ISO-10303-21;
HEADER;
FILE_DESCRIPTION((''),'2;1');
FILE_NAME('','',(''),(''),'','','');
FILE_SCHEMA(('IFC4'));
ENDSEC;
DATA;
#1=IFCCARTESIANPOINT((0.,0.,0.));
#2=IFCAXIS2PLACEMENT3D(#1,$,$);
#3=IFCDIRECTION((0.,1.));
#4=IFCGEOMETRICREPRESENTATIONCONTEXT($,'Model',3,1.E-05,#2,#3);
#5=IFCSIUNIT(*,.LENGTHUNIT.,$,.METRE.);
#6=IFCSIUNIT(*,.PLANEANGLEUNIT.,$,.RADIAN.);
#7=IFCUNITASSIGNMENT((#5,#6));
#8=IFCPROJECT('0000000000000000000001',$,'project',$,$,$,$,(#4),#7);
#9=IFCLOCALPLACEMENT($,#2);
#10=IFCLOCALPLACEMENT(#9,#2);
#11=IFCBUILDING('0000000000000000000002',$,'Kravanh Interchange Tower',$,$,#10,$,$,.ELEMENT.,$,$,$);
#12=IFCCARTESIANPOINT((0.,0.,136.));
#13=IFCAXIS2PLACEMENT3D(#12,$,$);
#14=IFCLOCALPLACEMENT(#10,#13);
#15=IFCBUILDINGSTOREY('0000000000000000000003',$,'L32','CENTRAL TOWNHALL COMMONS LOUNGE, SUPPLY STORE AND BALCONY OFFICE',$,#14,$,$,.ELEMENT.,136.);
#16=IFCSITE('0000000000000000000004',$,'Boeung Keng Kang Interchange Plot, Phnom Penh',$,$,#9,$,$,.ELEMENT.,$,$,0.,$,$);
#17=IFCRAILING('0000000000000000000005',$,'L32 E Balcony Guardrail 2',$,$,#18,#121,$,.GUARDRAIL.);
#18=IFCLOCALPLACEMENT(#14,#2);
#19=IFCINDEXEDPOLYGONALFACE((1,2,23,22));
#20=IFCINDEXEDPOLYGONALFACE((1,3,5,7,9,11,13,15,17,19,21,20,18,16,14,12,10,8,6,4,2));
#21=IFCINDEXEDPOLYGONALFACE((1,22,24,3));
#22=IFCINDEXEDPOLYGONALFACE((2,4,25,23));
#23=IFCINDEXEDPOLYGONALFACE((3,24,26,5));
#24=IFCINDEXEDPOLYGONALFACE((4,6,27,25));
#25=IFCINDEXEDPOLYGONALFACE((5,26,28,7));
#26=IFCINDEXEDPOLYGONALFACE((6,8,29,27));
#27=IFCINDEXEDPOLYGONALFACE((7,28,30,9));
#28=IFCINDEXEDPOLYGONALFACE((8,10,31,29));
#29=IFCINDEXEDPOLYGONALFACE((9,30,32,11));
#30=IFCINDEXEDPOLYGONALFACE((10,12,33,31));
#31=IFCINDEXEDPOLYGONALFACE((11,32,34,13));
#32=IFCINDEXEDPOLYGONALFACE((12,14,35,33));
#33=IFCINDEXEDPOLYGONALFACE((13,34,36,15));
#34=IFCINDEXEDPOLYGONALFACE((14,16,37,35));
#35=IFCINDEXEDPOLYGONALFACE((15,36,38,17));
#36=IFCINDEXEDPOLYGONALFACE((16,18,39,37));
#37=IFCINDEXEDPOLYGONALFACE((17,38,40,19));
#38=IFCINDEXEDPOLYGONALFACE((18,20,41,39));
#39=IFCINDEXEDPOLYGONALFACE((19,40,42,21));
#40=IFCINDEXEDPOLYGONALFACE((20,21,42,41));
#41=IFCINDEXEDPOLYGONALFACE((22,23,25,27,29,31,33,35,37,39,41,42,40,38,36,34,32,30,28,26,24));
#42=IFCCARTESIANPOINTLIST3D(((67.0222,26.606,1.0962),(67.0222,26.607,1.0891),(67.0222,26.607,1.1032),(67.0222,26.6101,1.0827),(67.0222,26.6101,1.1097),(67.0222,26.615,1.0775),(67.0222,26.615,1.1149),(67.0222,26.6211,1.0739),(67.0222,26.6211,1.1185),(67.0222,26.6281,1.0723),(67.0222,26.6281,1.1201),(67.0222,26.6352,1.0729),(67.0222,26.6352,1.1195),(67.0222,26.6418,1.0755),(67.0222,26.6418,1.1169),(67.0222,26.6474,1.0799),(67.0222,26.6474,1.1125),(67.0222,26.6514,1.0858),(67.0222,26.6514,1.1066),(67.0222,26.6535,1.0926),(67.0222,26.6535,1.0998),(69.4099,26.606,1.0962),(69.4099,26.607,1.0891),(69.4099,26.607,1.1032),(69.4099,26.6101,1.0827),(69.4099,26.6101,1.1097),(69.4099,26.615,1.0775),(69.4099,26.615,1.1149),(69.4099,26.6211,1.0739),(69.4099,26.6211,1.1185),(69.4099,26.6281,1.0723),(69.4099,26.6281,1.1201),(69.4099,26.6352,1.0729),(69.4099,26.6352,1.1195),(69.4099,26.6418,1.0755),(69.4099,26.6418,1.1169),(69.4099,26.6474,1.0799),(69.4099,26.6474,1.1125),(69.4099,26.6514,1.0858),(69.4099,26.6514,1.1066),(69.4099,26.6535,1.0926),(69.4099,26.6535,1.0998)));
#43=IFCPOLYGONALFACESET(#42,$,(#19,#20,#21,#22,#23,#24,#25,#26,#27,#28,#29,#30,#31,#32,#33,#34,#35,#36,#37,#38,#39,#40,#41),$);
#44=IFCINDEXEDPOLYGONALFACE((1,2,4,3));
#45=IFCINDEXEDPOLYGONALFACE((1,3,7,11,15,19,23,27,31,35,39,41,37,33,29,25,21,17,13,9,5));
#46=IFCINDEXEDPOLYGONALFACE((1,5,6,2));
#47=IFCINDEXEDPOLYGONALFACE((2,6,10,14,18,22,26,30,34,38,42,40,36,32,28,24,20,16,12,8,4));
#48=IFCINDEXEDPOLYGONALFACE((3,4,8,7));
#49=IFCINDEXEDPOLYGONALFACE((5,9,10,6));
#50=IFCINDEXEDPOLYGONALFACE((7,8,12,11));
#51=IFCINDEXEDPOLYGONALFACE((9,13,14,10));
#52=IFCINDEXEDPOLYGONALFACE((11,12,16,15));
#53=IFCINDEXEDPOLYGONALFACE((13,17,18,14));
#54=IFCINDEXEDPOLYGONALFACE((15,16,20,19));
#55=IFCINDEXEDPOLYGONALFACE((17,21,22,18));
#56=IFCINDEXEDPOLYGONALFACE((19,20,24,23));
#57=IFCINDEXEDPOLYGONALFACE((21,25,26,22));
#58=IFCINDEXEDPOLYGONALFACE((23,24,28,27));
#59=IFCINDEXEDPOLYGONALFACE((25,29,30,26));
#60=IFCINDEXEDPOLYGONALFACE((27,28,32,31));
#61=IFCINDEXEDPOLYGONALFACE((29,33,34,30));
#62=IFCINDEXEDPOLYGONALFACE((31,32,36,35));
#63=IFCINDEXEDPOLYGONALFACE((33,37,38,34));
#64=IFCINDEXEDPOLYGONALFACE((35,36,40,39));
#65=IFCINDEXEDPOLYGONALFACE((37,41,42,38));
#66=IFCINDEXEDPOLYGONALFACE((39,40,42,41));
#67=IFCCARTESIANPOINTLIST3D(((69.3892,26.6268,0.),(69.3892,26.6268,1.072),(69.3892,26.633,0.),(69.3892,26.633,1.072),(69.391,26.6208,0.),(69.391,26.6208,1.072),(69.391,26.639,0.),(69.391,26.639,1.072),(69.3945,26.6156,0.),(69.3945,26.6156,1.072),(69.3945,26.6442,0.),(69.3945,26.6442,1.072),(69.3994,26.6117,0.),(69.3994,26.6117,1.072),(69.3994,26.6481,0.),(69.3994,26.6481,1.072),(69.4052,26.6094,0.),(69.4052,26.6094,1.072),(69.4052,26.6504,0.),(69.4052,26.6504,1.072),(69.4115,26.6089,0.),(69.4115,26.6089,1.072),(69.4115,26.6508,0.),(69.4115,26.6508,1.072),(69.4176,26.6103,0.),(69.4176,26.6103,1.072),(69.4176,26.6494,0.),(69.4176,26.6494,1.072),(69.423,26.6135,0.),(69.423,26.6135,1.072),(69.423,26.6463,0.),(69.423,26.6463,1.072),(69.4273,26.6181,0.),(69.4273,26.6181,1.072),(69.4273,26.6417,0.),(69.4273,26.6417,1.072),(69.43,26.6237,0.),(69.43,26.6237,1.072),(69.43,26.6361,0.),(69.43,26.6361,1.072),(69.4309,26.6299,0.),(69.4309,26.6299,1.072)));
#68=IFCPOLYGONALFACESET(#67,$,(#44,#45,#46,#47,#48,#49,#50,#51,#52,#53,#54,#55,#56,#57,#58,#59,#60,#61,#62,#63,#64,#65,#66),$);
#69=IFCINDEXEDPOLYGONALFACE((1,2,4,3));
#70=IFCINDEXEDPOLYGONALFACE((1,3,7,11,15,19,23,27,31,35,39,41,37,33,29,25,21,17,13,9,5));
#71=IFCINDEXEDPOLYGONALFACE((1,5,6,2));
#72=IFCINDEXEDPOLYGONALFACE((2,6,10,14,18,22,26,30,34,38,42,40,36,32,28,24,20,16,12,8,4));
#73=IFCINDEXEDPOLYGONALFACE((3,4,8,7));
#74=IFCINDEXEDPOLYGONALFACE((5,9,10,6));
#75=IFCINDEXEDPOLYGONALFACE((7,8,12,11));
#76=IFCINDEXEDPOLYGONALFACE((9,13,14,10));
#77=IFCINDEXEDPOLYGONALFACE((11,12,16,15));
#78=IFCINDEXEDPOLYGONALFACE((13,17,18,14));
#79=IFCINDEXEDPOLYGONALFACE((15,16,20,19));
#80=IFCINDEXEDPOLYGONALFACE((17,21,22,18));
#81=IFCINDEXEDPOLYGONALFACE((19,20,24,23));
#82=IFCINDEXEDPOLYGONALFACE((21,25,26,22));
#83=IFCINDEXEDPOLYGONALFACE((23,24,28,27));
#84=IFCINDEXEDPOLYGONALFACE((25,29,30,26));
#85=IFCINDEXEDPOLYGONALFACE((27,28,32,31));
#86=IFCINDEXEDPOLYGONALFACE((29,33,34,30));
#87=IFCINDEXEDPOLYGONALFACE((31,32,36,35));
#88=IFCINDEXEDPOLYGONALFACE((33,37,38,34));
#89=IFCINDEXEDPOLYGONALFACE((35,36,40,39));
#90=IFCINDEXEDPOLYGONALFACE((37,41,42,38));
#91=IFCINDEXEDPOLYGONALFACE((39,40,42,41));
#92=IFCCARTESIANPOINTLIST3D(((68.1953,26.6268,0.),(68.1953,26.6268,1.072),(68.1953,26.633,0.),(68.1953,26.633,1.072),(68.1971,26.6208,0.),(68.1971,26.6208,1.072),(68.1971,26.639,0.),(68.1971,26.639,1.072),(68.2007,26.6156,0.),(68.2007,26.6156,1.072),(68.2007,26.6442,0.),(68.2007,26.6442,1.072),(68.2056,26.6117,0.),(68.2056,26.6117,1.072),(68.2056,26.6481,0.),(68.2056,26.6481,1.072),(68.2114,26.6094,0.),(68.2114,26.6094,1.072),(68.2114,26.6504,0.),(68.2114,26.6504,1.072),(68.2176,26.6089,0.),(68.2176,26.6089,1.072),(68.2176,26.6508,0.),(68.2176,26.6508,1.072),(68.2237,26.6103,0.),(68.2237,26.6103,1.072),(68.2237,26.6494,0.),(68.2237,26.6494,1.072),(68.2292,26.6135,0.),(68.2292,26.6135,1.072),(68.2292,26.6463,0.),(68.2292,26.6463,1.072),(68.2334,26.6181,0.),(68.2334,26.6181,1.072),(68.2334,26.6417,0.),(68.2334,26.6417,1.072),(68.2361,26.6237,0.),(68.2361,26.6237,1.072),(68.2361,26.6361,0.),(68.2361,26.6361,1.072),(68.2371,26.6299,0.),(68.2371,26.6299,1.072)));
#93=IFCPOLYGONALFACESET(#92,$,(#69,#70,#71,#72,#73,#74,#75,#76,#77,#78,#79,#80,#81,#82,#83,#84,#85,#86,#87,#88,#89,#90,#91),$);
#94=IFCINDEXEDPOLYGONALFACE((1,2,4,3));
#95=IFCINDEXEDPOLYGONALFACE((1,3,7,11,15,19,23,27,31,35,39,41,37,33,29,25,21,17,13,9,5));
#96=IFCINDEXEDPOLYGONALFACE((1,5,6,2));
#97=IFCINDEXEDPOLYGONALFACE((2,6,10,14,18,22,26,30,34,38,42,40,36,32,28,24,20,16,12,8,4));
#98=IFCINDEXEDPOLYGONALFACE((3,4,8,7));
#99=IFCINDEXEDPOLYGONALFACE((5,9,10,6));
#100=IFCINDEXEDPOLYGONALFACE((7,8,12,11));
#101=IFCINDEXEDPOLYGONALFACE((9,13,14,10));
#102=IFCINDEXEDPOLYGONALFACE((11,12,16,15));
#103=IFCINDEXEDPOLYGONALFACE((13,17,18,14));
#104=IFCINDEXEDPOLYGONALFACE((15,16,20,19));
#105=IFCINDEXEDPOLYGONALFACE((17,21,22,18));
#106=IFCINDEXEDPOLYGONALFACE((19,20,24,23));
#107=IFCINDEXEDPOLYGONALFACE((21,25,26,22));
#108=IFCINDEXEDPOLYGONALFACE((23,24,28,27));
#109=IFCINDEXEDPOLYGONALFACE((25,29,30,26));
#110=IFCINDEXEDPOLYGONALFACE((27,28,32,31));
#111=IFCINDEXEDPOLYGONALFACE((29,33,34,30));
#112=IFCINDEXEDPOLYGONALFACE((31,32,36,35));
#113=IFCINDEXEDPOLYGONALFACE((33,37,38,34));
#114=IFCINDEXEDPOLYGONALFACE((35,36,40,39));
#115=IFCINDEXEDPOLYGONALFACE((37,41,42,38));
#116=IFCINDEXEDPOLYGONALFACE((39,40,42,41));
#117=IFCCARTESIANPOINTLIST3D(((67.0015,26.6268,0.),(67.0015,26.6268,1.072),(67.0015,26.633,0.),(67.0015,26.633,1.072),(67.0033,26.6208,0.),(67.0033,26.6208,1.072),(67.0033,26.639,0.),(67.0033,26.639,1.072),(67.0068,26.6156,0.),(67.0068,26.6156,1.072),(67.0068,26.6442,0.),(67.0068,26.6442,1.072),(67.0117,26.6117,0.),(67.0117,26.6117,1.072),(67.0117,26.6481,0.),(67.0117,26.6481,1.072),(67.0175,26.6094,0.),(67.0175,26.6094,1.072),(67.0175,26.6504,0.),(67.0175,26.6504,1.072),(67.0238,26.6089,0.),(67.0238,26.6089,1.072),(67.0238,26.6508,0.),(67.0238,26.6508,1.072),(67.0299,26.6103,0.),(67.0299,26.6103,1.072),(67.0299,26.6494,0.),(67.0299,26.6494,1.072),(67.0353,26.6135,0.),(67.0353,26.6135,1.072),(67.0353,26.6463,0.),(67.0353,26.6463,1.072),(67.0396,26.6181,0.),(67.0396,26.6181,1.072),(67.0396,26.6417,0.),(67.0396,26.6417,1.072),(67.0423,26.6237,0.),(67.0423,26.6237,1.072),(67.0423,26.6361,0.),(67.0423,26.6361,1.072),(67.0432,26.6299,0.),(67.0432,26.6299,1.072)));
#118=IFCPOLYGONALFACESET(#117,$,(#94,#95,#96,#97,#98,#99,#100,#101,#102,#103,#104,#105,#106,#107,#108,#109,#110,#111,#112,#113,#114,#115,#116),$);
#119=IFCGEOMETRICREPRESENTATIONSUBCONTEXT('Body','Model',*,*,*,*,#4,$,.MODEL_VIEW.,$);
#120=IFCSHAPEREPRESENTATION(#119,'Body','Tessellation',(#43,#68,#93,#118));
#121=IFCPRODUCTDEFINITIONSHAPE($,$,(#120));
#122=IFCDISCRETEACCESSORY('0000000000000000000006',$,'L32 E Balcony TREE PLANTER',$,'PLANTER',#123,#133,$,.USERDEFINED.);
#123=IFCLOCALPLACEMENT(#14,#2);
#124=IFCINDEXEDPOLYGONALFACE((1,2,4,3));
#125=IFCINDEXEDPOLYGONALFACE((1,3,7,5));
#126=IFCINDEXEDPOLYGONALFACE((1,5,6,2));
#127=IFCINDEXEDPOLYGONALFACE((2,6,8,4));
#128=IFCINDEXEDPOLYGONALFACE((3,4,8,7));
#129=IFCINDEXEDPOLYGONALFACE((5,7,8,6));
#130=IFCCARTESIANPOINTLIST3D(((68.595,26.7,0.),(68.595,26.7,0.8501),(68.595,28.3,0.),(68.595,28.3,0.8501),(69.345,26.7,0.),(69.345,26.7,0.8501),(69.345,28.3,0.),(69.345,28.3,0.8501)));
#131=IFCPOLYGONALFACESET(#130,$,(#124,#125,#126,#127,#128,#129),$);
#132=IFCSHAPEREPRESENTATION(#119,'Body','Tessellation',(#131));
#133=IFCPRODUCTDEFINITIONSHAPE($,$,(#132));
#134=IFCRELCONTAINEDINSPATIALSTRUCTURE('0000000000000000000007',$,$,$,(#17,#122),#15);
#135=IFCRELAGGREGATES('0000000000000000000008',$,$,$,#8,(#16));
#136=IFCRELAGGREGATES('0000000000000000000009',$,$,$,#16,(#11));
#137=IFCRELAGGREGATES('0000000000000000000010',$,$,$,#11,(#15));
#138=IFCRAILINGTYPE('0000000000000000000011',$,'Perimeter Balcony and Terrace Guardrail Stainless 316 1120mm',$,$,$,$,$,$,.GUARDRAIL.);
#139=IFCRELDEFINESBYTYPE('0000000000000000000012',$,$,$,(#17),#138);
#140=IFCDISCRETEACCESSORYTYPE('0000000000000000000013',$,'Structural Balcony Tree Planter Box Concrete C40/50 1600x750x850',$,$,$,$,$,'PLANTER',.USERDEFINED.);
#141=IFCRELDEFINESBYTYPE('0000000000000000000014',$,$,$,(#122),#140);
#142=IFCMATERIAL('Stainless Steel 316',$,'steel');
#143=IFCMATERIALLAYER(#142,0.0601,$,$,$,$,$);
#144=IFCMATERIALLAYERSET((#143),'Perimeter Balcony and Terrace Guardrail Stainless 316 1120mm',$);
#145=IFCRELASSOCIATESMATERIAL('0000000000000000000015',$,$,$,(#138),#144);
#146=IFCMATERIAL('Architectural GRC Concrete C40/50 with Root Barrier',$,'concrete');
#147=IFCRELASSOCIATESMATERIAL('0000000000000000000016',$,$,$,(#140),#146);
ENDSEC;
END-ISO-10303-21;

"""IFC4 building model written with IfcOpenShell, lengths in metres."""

from ifc_helpers import new_model, si_unit, direction, frame, origin, origin_2d, place, context, subcontext, project, spatial, rectangle, circle, extrude, material, layer, layer_set, type_object, element, save


model = new_model("IFC4")

# Units and contexts
model_context = context("Model", 3, precision=1e-05, world=origin(), true_north=direction((0.0, 1.0)))
body_context = subcontext(model_context, "Body", "Model", "MODEL_VIEW")
ifc_project = project(units=[si_unit("LENGTHUNIT", "METRE"), si_unit("PLANEANGLEUNIT", "RADIAN")], contexts=[model_context])

# Site, building, storey
site_placement = place(None, origin())
site = spatial("IfcSite", under=ifc_project, at=site_placement, Name="Boeung Keng Kang Interchange Plot, Phnom Penh", CompositionType="ELEMENT", RefElevation=0.0)
building_placement = place(site_placement, origin())
building = spatial("IfcBuilding", under=site, at=building_placement, Name="Kravanh Interchange Tower", CompositionType="ELEMENT")
storey_placement = place(building_placement, frame((0.0, 0.0, 136.0)))
storey = spatial("IfcBuildingStorey", under=building, at=storey_placement, Name="L32", Description="CENTRAL TOWNHALL COMMONS LOUNGE, SUPPLY STORE AND BALCONY OFFICE", CompositionType="ELEMENT", Elevation=136.0)

# Railing
ifc_material_1 = material(Name="Stainless Steel 316", Category="steel")
ifc_layer_1 = layer(ifc_material_1, 0.0601)
ifc_layer_set_1 = layer_set([ifc_layer_1], Name="Perimeter Balcony and Terrace Guardrail Stainless 316 1120mm")
railing_type = type_object("IfcRailingType", Name="Perimeter Balcony and Terrace Guardrail Stainless 316 1120mm", PredefinedType="GUARDRAIL", material=ifc_layer_set_1)
railing_placement = place(storey_placement, frame((69.4099, 26.6299, 0.0)))
element("IfcRailing", 1, at=railing_placement, inside=storey, type_object=railing_type, Name="L32 E Balcony Guardrail 2", PredefinedType="GUARDRAIL", context=body_context, shape_type="SweptSolid", body=[
    extrude(circle(Radius=0.0239, at=origin_2d()), frame((0.0, 0.0, 1.0962), z_axis=(-1.0, 0.0, 0.0), x_axis=(0.0, -1.0, 0.0)), (0.0, 0.0, 1.0), 2.3877),
    extrude(circle(Radius=0.021, at=origin_2d()), origin(), (0.0, 0.0, 1.0), 1.072),
    extrude(circle(Radius=0.021, at=origin_2d()), frame((-1.1938, 0.0, 0.0)), (0.0, 0.0, 1.0), 1.072),
    extrude(circle(Radius=0.021, at=origin_2d()), frame((-2.3877, 0.0, 0.0)), (0.0, 0.0, 1.0), 1.072),
])

# Discrete accessory
ifc_material_2 = material(Name="Architectural GRC Concrete C40/50 with Root Barrier", Category="concrete")
discrete_accessory_type = type_object("IfcDiscreteAccessoryType", Name="Structural Balcony Tree Planter Box Concrete C40/50 1600x750x850", ElementType="PLANTER", PredefinedType="USERDEFINED", material=ifc_material_2)
discrete_accessory_placement = place(storey_placement, frame((68.97, 27.5, 0.0), z_axis=(0.0, 0.0, 1.0), x_axis=(1.0, 0.0, 0.0)))
element("IfcDiscreteAccessory", 2, at=discrete_accessory_placement, inside=storey, type_object=discrete_accessory_type, Name="L32 E Balcony TREE PLANTER", ObjectType="PLANTER", PredefinedType="USERDEFINED", context=body_context, shape_type="SweptSolid", body=[
    extrude(rectangle(XDim=0.75, YDim=1.6001, at=origin_2d()), origin(), (0.0, 0.0, 1.0), 0.8501),
])

save(model, "model.ifc")
